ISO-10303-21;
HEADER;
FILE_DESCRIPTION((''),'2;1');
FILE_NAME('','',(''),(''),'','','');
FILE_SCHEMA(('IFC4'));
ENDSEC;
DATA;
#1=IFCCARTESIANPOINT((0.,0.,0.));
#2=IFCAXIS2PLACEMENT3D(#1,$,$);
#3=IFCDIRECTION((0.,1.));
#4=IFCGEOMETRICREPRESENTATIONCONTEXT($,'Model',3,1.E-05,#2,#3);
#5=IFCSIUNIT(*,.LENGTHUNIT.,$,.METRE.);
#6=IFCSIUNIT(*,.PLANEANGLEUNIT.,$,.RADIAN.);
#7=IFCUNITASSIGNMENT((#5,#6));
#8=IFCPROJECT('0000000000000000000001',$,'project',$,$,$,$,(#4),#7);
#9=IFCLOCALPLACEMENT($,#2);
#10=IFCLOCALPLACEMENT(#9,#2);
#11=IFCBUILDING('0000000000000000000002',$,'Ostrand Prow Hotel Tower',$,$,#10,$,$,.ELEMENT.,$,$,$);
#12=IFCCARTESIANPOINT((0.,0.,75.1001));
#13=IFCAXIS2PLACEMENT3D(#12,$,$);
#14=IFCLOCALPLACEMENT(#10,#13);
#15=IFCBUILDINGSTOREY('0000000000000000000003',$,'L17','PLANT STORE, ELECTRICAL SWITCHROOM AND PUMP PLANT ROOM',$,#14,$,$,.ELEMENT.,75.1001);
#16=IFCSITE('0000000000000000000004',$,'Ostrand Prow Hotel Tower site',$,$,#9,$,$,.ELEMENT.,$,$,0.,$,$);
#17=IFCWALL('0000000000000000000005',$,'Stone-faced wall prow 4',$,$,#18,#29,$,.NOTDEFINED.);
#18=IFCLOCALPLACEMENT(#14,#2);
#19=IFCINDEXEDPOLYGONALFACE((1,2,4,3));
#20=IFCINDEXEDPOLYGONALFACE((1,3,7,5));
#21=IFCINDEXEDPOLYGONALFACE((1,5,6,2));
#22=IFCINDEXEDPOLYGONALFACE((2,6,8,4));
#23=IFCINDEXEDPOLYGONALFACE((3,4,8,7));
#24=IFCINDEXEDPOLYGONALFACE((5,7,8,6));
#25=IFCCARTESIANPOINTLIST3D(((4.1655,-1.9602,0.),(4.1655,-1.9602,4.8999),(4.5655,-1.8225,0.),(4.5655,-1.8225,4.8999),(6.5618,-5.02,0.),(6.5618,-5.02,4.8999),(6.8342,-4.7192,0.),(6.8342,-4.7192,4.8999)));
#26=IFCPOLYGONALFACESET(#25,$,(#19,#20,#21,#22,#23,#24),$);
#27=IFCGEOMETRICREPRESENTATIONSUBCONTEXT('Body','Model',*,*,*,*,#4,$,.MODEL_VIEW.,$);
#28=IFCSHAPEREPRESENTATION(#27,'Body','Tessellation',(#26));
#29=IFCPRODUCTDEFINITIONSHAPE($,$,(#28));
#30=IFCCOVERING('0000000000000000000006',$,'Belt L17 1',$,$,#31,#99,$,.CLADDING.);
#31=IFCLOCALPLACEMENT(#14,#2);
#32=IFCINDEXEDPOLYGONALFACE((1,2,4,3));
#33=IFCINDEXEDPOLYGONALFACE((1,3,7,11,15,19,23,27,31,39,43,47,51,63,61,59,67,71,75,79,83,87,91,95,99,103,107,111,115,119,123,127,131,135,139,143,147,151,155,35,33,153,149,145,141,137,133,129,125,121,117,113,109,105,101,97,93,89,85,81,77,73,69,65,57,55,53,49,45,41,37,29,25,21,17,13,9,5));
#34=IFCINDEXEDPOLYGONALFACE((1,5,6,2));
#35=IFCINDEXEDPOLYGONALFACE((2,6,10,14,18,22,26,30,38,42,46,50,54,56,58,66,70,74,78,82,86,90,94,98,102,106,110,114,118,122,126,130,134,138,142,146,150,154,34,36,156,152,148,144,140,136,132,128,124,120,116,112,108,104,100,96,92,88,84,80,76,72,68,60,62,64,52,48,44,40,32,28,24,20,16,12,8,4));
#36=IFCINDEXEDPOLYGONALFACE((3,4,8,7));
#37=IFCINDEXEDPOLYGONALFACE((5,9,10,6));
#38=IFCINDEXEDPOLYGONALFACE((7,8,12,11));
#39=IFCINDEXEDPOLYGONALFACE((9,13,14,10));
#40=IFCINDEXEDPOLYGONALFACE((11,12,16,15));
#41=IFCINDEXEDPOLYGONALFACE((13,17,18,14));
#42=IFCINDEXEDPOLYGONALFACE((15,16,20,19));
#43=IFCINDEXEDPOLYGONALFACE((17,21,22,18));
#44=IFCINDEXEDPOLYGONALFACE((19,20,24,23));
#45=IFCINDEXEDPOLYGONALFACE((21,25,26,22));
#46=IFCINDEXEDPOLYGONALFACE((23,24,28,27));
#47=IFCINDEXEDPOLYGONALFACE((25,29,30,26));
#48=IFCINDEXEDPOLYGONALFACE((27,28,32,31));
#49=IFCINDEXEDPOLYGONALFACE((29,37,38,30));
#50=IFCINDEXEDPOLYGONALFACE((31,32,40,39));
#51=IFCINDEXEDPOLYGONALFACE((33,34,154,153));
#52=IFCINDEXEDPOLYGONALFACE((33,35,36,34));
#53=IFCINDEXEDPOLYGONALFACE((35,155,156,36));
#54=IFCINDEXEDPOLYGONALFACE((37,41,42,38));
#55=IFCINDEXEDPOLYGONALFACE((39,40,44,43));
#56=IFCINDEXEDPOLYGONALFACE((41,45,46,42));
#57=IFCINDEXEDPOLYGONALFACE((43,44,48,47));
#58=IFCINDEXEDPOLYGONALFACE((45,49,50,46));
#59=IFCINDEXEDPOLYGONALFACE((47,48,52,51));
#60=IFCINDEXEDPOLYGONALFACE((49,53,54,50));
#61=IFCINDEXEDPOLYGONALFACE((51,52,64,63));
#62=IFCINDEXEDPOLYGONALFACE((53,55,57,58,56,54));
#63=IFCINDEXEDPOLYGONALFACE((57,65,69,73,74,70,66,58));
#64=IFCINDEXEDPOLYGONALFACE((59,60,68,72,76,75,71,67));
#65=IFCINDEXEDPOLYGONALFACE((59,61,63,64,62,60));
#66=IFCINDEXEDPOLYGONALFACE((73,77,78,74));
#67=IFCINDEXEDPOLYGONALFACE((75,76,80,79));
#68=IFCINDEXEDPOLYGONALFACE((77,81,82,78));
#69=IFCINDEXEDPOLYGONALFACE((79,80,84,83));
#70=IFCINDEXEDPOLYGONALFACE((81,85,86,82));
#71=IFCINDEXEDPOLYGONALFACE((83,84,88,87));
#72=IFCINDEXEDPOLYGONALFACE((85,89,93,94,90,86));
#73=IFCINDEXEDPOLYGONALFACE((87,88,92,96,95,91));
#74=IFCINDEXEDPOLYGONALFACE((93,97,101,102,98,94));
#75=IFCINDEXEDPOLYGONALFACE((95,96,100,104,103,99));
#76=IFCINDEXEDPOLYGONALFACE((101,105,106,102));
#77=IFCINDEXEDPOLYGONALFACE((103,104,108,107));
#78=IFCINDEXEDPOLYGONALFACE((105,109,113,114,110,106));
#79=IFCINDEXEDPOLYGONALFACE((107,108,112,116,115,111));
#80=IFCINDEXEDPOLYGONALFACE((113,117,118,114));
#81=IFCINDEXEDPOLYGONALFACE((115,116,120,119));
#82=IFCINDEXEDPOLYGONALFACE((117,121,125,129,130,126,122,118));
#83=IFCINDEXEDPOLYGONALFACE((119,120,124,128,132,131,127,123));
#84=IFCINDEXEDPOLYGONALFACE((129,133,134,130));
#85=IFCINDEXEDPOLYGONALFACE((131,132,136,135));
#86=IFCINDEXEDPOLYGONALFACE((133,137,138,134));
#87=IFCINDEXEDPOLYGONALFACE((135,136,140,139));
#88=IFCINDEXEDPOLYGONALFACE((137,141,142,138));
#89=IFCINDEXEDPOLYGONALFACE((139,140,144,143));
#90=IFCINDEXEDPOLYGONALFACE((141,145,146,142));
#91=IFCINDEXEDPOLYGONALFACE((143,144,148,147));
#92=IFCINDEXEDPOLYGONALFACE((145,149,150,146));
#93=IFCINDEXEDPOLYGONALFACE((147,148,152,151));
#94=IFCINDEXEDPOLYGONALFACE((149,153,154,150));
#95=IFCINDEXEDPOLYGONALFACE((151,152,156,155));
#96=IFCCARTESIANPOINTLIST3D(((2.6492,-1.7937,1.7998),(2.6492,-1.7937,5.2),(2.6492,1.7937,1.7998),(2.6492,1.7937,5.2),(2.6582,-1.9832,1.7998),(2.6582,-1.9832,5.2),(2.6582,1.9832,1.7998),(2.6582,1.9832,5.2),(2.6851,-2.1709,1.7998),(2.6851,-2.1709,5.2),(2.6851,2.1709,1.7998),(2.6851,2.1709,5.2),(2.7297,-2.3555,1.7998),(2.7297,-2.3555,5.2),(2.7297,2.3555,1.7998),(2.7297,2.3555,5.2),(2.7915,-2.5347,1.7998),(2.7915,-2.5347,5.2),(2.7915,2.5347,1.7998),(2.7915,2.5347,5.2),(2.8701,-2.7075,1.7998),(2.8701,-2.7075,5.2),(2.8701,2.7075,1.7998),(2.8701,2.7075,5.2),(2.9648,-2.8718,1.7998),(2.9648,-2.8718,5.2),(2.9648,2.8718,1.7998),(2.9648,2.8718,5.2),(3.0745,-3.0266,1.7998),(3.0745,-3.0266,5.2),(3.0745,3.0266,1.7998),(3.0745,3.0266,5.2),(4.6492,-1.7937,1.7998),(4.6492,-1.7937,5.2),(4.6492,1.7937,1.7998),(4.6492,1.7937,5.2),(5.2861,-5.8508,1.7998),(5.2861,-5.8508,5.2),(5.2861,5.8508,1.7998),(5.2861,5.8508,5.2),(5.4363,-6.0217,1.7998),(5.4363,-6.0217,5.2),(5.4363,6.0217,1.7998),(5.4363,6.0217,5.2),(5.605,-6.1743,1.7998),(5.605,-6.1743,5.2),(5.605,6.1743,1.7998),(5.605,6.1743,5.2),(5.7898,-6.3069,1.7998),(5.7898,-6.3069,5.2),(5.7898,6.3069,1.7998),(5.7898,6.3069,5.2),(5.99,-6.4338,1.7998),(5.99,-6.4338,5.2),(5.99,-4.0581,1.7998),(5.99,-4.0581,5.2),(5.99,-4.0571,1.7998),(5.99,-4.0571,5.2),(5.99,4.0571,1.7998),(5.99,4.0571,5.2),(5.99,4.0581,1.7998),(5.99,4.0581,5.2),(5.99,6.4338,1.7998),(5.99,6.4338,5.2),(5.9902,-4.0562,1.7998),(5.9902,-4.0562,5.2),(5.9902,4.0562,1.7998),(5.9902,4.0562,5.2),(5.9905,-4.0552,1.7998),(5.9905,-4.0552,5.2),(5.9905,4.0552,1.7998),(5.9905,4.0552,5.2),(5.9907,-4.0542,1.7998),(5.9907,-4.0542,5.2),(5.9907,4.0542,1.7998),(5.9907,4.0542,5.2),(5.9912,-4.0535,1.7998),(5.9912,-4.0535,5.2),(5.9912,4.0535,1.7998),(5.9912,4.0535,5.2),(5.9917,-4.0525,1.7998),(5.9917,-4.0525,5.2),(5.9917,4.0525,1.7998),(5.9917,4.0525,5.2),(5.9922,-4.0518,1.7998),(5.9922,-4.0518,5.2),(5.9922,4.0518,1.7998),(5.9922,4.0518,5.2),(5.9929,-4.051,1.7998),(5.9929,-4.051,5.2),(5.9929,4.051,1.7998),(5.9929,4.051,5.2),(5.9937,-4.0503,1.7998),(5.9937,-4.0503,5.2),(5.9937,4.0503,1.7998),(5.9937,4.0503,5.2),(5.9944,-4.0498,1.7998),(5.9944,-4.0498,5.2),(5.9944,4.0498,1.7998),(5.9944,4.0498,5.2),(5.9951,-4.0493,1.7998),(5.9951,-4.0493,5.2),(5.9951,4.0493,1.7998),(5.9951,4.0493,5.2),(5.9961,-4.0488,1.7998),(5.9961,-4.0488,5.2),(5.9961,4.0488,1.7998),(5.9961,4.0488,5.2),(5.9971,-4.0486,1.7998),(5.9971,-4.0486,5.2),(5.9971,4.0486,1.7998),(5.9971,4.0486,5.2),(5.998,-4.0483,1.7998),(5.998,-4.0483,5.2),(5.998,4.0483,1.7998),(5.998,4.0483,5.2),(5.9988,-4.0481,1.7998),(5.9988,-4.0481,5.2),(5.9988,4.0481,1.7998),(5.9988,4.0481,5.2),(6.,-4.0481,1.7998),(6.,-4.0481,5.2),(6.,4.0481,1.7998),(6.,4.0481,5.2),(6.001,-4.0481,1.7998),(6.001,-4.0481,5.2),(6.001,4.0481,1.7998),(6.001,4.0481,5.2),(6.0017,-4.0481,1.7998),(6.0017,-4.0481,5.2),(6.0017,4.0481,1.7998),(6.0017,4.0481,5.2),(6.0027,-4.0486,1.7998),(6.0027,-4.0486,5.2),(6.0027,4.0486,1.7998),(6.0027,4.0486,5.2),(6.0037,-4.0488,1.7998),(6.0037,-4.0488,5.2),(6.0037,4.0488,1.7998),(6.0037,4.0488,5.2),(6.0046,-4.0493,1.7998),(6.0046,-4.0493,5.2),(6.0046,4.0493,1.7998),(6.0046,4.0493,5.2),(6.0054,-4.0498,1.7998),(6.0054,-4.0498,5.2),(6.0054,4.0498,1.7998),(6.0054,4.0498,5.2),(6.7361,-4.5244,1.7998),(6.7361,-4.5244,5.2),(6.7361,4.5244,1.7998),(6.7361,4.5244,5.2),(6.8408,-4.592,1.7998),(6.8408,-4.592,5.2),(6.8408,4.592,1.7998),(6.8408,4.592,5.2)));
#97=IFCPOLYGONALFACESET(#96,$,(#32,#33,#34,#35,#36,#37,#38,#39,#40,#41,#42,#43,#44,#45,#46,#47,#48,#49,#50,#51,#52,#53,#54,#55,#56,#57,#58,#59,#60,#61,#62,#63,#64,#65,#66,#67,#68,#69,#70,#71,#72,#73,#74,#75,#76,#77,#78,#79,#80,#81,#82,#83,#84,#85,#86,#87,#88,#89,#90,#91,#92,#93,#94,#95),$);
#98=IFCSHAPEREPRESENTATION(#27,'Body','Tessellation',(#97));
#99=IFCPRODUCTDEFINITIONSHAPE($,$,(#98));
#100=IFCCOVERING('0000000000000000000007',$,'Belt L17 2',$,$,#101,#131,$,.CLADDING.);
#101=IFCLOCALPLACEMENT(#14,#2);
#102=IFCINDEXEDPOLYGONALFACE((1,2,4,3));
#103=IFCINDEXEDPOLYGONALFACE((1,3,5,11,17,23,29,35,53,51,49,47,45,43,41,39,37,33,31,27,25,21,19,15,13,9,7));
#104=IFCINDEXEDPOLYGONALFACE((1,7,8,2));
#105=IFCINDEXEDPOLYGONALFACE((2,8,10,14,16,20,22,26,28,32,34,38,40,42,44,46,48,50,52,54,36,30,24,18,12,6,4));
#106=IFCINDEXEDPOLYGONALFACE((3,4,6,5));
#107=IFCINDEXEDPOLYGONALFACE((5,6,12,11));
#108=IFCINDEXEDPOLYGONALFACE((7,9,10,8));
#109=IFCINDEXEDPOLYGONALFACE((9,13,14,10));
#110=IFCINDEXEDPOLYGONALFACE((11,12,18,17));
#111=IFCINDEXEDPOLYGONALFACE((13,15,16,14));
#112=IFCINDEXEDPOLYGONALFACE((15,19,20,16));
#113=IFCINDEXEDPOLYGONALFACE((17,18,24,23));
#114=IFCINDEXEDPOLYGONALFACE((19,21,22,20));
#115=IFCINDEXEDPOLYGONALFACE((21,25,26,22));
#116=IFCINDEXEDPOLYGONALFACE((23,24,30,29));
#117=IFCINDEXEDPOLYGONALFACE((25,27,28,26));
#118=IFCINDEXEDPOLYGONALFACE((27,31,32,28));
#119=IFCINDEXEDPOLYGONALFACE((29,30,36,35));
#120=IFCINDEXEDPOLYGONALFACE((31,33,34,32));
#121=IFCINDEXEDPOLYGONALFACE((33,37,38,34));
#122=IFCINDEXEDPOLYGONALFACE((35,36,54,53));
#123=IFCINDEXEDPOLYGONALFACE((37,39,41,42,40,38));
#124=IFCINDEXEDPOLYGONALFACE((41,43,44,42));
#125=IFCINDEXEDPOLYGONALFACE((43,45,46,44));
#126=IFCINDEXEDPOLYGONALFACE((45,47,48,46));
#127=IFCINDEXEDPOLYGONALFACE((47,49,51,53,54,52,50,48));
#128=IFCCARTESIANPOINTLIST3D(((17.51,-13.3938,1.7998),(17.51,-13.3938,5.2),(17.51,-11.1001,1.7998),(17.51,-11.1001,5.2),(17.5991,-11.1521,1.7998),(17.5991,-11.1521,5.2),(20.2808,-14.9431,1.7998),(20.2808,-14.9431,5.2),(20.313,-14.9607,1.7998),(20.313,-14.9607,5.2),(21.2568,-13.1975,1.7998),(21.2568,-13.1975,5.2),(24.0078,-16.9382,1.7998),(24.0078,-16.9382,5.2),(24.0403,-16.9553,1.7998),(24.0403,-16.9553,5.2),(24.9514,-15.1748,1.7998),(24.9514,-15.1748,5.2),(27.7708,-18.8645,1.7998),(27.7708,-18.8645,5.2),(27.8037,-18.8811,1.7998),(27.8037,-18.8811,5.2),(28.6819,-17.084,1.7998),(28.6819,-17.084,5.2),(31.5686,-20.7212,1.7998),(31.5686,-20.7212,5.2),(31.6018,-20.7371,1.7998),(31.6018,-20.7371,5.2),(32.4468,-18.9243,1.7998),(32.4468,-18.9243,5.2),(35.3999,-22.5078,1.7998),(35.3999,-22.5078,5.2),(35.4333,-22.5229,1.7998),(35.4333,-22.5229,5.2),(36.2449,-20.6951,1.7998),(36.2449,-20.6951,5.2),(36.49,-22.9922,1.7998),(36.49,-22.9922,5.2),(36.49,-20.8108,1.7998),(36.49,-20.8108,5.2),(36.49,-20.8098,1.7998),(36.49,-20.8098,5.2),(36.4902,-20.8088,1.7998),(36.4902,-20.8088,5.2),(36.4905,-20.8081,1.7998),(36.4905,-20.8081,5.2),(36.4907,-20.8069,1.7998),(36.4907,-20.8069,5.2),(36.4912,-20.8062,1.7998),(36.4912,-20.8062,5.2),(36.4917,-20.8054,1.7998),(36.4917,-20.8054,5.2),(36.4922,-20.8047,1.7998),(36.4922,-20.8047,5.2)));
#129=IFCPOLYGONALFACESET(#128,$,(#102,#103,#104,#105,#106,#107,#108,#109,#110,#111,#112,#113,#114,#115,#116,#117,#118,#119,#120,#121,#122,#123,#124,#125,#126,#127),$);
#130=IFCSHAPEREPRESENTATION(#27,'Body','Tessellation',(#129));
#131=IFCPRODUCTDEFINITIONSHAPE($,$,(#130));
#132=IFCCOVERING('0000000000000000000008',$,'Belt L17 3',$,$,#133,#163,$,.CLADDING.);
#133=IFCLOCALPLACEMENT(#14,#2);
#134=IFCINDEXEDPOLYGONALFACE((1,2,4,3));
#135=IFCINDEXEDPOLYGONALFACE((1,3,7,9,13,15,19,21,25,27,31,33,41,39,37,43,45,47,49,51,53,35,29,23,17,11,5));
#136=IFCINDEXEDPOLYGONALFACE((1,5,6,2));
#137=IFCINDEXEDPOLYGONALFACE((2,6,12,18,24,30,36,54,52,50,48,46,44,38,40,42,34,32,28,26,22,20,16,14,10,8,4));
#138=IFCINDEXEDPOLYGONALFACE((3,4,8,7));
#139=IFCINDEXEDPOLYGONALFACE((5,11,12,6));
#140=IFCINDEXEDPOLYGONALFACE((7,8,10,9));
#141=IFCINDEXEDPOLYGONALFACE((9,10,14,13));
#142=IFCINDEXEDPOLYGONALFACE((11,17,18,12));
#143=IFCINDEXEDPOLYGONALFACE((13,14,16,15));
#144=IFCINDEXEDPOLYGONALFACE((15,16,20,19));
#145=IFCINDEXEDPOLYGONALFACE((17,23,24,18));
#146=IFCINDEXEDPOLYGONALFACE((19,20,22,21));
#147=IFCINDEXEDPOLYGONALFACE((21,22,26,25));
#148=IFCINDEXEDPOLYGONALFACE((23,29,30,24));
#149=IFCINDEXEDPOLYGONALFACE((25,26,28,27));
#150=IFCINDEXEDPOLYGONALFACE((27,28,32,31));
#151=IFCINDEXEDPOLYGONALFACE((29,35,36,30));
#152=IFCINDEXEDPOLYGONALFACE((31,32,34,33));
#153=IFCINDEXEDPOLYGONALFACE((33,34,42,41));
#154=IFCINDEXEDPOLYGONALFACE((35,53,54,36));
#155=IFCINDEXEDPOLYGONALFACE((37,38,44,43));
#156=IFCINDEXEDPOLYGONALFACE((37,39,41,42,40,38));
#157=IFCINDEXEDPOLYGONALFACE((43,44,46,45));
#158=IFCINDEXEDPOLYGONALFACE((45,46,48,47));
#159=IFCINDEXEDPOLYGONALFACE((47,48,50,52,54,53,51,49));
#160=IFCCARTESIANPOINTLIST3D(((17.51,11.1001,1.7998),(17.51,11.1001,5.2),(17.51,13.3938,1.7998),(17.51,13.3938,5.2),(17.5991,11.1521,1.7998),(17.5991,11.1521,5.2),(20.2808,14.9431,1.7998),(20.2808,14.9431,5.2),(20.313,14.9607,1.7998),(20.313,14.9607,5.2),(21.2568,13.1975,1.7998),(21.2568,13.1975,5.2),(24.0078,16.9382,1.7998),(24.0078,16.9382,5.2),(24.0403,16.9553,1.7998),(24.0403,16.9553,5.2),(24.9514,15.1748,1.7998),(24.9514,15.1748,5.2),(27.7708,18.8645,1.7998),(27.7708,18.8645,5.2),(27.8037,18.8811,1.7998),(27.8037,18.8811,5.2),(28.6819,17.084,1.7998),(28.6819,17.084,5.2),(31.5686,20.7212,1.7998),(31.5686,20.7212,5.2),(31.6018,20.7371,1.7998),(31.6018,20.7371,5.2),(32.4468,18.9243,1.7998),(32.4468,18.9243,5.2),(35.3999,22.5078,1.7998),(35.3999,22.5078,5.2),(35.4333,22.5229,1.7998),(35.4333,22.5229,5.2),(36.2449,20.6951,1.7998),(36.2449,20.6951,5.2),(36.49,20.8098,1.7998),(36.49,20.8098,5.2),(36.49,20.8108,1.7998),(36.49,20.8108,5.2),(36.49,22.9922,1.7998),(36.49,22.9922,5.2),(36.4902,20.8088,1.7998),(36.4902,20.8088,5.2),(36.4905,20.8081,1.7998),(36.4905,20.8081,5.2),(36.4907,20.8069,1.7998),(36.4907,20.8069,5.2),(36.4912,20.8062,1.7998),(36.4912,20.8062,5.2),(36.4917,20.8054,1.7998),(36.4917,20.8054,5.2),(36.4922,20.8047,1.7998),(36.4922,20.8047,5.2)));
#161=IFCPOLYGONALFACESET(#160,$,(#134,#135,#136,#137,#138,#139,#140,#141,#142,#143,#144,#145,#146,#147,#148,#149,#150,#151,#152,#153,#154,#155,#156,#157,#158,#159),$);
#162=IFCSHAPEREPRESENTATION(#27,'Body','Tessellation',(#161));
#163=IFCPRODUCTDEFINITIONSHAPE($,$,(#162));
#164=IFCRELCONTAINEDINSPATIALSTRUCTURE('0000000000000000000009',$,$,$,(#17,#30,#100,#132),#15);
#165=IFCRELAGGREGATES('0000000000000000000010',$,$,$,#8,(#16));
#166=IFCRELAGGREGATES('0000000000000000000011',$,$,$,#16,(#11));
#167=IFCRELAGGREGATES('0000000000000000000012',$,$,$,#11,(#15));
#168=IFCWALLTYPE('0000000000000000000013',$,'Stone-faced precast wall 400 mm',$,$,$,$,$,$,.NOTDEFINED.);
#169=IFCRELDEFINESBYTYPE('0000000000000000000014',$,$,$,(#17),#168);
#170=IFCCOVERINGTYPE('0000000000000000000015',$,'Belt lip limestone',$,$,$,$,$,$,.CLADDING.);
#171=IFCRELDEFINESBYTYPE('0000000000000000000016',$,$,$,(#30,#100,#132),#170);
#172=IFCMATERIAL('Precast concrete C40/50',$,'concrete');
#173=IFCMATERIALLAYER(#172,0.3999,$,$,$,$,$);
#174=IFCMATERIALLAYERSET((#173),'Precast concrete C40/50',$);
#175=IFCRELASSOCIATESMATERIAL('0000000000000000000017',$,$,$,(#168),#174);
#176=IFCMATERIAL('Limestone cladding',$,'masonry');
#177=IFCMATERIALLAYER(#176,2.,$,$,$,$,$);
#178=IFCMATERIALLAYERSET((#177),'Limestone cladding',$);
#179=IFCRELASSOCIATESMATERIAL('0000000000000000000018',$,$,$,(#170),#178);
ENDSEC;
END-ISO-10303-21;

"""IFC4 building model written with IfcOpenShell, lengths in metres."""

from ifc_helpers import new_model, si_unit, direction, frame, origin, place, context, subcontext, project, spatial, polyline, outline, extrude, material, layer, layer_set, type_object, element, save


model = new_model("IFC4")

# Units and contexts
model_context = context("Model", 3, precision=1e-05, world=origin(), true_north=direction((0.0, 1.0)))
body_context = subcontext(model_context, "Body", "Model", "MODEL_VIEW")
ifc_project = project(units=[si_unit("LENGTHUNIT", "METRE"), si_unit("PLANEANGLEUNIT", "RADIAN")], contexts=[model_context])

# Site, building, storey
site_placement = place(None, origin())
site = spatial("IfcSite", under=ifc_project, at=site_placement, Name="Ostrand Prow Hotel Tower site", CompositionType="ELEMENT", RefElevation=0.0)
building_placement = place(site_placement, origin())
building = spatial("IfcBuilding", under=site, at=building_placement, Name="Ostrand Prow Hotel Tower", CompositionType="ELEMENT")
storey_placement = place(building_placement, frame((0.0, 0.0, 75.1001)))
storey = spatial("IfcBuildingStorey", under=building, at=storey_placement, Name="L17", Description="PLANT STORE, ELECTRICAL SWITCHROOM AND PUMP PLANT ROOM", CompositionType="ELEMENT", Elevation=75.1001)

# Wall
ifc_material_1 = material(Name="Precast concrete C40/50", Category="concrete")
ifc_layer_1 = layer(ifc_material_1, 0.3999)
ifc_layer_set_1 = layer_set([ifc_layer_1], Name="Precast concrete C40/50")
wall_type_1 = type_object("IfcWallType", Name="Stone-faced precast wall 400 mm", PredefinedType="NOTDEFINED", material=ifc_layer_set_1)
wall_1_placement = place(storey_placement, frame((4.3655, -1.8914, 0.0), z_axis=(0.0, 0.0, 1.0), x_axis=(0.616587, -0.787287, 0.0)))
element("IfcWall", 1, at=wall_1_placement, inside=storey, type_object=wall_type_1, Name="Stone-faced wall prow 4", PredefinedType="NOTDEFINED", context=body_context, shape_type="SweptSolid", body=[
    extrude(outline(polyline([(-0.0691, -0.2), (3.8174, -0.2), (3.7485, 0.2), (0.0691, 0.2), (-0.0691, -0.2)])), origin(), (0.0, 0.0, 1.0), 4.8999),
])

# Coverings
ifc_material_2 = material(Name="Limestone cladding", Category="masonry")
ifc_layer_2 = layer(ifc_material_2, 2.0)
ifc_layer_set_2 = layer_set([ifc_layer_2], Name="Limestone cladding")
covering_type_1 = type_object("IfcCoveringType", Name="Belt lip limestone", PredefinedType="CLADDING", material=ifc_layer_set_2)
covering_1_placement = place(storey_placement, frame((0.0, 0.0, 1.7998)))
element("IfcCovering", 2, at=covering_1_placement, inside=storey, type_object=covering_type_1, Name="Belt L17 1", PredefinedType="CLADDING", context=body_context, shape_type="SweptSolid", body=[
    extrude(outline(polyline([(5.7898, -6.3069), (5.99, -6.4338), (5.99, -4.0581), (5.99, -4.0571), (5.9902, -4.0562), (5.9905, -4.0552), (5.9907, -4.0542), (5.9912, -4.0535), (5.9917, -4.0525), (5.9922, -4.0518), (5.9929, -4.051), (5.9937, -4.0503), (5.9944, -4.0498), (5.9951, -4.0493), (5.9961, -4.0488), (5.9971, -4.0486), (5.998, -4.0483), (5.9988, -4.0481), (6.0, -4.0481), (6.001, -4.0481), (6.0017, -4.0481), (6.0027, -4.0486), (6.0037, -4.0488), (6.0046, -4.0493), (6.0054, -4.0498), (6.7361, -4.5244), (6.8408, -4.592), (4.6492, -1.7937), (4.6492, 1.7937), (6.8408, 4.592), (6.7361, 4.5244), (6.0054, 4.0498), (6.0046, 4.0493), (6.0037, 4.0488), (6.0027, 4.0486), (6.0017, 4.0481), (6.001, 4.0481), (6.0, 4.0481), (5.9988, 4.0481), (5.998, 4.0483), (5.9971, 4.0486), (5.9961, 4.0488), (5.9951, 4.0493), (5.9944, 4.0498), (5.9937, 4.0503), (5.9929, 4.051), (5.9922, 4.0518), (5.9917, 4.0525), (5.9912, 4.0535), (5.9907, 4.0542), (5.9905, 4.0552), (5.9902, 4.0562), (5.99, 4.0571), (5.99, 4.0581), (5.99, 6.4338), (5.7898, 6.3069), (5.605, 6.1743), (5.4363, 6.0217), (5.2861, 5.8508), (3.0745, 3.0266), (2.9648, 2.8718), (2.8701, 2.7075), (2.7915, 2.5347), (2.7297, 2.3555), (2.6851, 2.1709), (2.6582, 1.9832), (2.6492, 1.7937), (2.6492, -1.7937), (2.6582, -1.9832), (2.6851, -2.1709), (2.7297, -2.3555), (2.7915, -2.5347), (2.8701, -2.7075), (2.9648, -2.8718), (3.0745, -3.0266), (5.2861, -5.8508), (5.4363, -6.0217), (5.605, -6.1743), (5.7898, -6.3069)])), origin(), (0.0, 0.0, 1.0), 3.4001),
])
covering_2_placement = place(storey_placement, frame((0.0, 0.0, 1.7998)))
element("IfcCovering", 3, at=covering_2_placement, inside=storey, type_object=covering_type_1, Name="Belt L17 2", PredefinedType="CLADDING", context=body_context, shape_type="SweptSolid", body=[
    extrude(outline(polyline([(35.4333, -22.5229), (36.49, -22.9922), (36.49, -20.8108), (36.49, -20.8098), (36.4902, -20.8088), (36.4905, -20.8081), (36.4907, -20.8069), (36.4912, -20.8062), (36.4917, -20.8054), (36.4922, -20.8047), (36.2449, -20.6951), (32.4468, -18.9243), (28.6819, -17.084), (24.9514, -15.1748), (21.2568, -13.1975), (17.5991, -11.1521), (17.51, -11.1001), (17.51, -13.3938), (20.2808, -14.9431), (20.313, -14.9607), (24.0078, -16.9382), (24.0403, -16.9553), (27.7708, -18.8645), (27.8037, -18.8811), (31.5686, -20.7212), (31.6018, -20.7371), (35.3999, -22.5078), (35.4333, -22.5229)])), origin(), (0.0, 0.0, 1.0), 3.4001),
])
covering_3_placement = place(storey_placement, frame((0.0, 0.0, 1.7998)))
element("IfcCovering", 4, at=covering_3_placement, inside=storey, type_object=covering_type_1, Name="Belt L17 3", PredefinedType="CLADDING", context=body_context, shape_type="SweptSolid", body=[
    extrude(outline(polyline([(20.2808, 14.9431), (17.51, 13.3938), (17.51, 11.1001), (17.5991, 11.1521), (21.2568, 13.1975), (24.9514, 15.1748), (28.6819, 17.084), (32.4468, 18.9243), (36.2449, 20.6951), (36.4922, 20.8047), (36.4917, 20.8054), (36.4912, 20.8062), (36.4907, 20.8069), (36.4905, 20.8081), (36.4902, 20.8088), (36.49, 20.8098), (36.49, 20.8108), (36.49, 22.9922), (35.4333, 22.5229), (35.3999, 22.5078), (31.6018, 20.7371), (31.5686, 20.7212), (27.8037, 18.8811), (27.7708, 18.8645), (24.0403, 16.9553), (24.0078, 16.9382), (20.313, 14.9607), (20.2808, 14.9431)])), origin(), (0.0, 0.0, 1.0), 3.4001),
])

save(model, "model.ifc")
